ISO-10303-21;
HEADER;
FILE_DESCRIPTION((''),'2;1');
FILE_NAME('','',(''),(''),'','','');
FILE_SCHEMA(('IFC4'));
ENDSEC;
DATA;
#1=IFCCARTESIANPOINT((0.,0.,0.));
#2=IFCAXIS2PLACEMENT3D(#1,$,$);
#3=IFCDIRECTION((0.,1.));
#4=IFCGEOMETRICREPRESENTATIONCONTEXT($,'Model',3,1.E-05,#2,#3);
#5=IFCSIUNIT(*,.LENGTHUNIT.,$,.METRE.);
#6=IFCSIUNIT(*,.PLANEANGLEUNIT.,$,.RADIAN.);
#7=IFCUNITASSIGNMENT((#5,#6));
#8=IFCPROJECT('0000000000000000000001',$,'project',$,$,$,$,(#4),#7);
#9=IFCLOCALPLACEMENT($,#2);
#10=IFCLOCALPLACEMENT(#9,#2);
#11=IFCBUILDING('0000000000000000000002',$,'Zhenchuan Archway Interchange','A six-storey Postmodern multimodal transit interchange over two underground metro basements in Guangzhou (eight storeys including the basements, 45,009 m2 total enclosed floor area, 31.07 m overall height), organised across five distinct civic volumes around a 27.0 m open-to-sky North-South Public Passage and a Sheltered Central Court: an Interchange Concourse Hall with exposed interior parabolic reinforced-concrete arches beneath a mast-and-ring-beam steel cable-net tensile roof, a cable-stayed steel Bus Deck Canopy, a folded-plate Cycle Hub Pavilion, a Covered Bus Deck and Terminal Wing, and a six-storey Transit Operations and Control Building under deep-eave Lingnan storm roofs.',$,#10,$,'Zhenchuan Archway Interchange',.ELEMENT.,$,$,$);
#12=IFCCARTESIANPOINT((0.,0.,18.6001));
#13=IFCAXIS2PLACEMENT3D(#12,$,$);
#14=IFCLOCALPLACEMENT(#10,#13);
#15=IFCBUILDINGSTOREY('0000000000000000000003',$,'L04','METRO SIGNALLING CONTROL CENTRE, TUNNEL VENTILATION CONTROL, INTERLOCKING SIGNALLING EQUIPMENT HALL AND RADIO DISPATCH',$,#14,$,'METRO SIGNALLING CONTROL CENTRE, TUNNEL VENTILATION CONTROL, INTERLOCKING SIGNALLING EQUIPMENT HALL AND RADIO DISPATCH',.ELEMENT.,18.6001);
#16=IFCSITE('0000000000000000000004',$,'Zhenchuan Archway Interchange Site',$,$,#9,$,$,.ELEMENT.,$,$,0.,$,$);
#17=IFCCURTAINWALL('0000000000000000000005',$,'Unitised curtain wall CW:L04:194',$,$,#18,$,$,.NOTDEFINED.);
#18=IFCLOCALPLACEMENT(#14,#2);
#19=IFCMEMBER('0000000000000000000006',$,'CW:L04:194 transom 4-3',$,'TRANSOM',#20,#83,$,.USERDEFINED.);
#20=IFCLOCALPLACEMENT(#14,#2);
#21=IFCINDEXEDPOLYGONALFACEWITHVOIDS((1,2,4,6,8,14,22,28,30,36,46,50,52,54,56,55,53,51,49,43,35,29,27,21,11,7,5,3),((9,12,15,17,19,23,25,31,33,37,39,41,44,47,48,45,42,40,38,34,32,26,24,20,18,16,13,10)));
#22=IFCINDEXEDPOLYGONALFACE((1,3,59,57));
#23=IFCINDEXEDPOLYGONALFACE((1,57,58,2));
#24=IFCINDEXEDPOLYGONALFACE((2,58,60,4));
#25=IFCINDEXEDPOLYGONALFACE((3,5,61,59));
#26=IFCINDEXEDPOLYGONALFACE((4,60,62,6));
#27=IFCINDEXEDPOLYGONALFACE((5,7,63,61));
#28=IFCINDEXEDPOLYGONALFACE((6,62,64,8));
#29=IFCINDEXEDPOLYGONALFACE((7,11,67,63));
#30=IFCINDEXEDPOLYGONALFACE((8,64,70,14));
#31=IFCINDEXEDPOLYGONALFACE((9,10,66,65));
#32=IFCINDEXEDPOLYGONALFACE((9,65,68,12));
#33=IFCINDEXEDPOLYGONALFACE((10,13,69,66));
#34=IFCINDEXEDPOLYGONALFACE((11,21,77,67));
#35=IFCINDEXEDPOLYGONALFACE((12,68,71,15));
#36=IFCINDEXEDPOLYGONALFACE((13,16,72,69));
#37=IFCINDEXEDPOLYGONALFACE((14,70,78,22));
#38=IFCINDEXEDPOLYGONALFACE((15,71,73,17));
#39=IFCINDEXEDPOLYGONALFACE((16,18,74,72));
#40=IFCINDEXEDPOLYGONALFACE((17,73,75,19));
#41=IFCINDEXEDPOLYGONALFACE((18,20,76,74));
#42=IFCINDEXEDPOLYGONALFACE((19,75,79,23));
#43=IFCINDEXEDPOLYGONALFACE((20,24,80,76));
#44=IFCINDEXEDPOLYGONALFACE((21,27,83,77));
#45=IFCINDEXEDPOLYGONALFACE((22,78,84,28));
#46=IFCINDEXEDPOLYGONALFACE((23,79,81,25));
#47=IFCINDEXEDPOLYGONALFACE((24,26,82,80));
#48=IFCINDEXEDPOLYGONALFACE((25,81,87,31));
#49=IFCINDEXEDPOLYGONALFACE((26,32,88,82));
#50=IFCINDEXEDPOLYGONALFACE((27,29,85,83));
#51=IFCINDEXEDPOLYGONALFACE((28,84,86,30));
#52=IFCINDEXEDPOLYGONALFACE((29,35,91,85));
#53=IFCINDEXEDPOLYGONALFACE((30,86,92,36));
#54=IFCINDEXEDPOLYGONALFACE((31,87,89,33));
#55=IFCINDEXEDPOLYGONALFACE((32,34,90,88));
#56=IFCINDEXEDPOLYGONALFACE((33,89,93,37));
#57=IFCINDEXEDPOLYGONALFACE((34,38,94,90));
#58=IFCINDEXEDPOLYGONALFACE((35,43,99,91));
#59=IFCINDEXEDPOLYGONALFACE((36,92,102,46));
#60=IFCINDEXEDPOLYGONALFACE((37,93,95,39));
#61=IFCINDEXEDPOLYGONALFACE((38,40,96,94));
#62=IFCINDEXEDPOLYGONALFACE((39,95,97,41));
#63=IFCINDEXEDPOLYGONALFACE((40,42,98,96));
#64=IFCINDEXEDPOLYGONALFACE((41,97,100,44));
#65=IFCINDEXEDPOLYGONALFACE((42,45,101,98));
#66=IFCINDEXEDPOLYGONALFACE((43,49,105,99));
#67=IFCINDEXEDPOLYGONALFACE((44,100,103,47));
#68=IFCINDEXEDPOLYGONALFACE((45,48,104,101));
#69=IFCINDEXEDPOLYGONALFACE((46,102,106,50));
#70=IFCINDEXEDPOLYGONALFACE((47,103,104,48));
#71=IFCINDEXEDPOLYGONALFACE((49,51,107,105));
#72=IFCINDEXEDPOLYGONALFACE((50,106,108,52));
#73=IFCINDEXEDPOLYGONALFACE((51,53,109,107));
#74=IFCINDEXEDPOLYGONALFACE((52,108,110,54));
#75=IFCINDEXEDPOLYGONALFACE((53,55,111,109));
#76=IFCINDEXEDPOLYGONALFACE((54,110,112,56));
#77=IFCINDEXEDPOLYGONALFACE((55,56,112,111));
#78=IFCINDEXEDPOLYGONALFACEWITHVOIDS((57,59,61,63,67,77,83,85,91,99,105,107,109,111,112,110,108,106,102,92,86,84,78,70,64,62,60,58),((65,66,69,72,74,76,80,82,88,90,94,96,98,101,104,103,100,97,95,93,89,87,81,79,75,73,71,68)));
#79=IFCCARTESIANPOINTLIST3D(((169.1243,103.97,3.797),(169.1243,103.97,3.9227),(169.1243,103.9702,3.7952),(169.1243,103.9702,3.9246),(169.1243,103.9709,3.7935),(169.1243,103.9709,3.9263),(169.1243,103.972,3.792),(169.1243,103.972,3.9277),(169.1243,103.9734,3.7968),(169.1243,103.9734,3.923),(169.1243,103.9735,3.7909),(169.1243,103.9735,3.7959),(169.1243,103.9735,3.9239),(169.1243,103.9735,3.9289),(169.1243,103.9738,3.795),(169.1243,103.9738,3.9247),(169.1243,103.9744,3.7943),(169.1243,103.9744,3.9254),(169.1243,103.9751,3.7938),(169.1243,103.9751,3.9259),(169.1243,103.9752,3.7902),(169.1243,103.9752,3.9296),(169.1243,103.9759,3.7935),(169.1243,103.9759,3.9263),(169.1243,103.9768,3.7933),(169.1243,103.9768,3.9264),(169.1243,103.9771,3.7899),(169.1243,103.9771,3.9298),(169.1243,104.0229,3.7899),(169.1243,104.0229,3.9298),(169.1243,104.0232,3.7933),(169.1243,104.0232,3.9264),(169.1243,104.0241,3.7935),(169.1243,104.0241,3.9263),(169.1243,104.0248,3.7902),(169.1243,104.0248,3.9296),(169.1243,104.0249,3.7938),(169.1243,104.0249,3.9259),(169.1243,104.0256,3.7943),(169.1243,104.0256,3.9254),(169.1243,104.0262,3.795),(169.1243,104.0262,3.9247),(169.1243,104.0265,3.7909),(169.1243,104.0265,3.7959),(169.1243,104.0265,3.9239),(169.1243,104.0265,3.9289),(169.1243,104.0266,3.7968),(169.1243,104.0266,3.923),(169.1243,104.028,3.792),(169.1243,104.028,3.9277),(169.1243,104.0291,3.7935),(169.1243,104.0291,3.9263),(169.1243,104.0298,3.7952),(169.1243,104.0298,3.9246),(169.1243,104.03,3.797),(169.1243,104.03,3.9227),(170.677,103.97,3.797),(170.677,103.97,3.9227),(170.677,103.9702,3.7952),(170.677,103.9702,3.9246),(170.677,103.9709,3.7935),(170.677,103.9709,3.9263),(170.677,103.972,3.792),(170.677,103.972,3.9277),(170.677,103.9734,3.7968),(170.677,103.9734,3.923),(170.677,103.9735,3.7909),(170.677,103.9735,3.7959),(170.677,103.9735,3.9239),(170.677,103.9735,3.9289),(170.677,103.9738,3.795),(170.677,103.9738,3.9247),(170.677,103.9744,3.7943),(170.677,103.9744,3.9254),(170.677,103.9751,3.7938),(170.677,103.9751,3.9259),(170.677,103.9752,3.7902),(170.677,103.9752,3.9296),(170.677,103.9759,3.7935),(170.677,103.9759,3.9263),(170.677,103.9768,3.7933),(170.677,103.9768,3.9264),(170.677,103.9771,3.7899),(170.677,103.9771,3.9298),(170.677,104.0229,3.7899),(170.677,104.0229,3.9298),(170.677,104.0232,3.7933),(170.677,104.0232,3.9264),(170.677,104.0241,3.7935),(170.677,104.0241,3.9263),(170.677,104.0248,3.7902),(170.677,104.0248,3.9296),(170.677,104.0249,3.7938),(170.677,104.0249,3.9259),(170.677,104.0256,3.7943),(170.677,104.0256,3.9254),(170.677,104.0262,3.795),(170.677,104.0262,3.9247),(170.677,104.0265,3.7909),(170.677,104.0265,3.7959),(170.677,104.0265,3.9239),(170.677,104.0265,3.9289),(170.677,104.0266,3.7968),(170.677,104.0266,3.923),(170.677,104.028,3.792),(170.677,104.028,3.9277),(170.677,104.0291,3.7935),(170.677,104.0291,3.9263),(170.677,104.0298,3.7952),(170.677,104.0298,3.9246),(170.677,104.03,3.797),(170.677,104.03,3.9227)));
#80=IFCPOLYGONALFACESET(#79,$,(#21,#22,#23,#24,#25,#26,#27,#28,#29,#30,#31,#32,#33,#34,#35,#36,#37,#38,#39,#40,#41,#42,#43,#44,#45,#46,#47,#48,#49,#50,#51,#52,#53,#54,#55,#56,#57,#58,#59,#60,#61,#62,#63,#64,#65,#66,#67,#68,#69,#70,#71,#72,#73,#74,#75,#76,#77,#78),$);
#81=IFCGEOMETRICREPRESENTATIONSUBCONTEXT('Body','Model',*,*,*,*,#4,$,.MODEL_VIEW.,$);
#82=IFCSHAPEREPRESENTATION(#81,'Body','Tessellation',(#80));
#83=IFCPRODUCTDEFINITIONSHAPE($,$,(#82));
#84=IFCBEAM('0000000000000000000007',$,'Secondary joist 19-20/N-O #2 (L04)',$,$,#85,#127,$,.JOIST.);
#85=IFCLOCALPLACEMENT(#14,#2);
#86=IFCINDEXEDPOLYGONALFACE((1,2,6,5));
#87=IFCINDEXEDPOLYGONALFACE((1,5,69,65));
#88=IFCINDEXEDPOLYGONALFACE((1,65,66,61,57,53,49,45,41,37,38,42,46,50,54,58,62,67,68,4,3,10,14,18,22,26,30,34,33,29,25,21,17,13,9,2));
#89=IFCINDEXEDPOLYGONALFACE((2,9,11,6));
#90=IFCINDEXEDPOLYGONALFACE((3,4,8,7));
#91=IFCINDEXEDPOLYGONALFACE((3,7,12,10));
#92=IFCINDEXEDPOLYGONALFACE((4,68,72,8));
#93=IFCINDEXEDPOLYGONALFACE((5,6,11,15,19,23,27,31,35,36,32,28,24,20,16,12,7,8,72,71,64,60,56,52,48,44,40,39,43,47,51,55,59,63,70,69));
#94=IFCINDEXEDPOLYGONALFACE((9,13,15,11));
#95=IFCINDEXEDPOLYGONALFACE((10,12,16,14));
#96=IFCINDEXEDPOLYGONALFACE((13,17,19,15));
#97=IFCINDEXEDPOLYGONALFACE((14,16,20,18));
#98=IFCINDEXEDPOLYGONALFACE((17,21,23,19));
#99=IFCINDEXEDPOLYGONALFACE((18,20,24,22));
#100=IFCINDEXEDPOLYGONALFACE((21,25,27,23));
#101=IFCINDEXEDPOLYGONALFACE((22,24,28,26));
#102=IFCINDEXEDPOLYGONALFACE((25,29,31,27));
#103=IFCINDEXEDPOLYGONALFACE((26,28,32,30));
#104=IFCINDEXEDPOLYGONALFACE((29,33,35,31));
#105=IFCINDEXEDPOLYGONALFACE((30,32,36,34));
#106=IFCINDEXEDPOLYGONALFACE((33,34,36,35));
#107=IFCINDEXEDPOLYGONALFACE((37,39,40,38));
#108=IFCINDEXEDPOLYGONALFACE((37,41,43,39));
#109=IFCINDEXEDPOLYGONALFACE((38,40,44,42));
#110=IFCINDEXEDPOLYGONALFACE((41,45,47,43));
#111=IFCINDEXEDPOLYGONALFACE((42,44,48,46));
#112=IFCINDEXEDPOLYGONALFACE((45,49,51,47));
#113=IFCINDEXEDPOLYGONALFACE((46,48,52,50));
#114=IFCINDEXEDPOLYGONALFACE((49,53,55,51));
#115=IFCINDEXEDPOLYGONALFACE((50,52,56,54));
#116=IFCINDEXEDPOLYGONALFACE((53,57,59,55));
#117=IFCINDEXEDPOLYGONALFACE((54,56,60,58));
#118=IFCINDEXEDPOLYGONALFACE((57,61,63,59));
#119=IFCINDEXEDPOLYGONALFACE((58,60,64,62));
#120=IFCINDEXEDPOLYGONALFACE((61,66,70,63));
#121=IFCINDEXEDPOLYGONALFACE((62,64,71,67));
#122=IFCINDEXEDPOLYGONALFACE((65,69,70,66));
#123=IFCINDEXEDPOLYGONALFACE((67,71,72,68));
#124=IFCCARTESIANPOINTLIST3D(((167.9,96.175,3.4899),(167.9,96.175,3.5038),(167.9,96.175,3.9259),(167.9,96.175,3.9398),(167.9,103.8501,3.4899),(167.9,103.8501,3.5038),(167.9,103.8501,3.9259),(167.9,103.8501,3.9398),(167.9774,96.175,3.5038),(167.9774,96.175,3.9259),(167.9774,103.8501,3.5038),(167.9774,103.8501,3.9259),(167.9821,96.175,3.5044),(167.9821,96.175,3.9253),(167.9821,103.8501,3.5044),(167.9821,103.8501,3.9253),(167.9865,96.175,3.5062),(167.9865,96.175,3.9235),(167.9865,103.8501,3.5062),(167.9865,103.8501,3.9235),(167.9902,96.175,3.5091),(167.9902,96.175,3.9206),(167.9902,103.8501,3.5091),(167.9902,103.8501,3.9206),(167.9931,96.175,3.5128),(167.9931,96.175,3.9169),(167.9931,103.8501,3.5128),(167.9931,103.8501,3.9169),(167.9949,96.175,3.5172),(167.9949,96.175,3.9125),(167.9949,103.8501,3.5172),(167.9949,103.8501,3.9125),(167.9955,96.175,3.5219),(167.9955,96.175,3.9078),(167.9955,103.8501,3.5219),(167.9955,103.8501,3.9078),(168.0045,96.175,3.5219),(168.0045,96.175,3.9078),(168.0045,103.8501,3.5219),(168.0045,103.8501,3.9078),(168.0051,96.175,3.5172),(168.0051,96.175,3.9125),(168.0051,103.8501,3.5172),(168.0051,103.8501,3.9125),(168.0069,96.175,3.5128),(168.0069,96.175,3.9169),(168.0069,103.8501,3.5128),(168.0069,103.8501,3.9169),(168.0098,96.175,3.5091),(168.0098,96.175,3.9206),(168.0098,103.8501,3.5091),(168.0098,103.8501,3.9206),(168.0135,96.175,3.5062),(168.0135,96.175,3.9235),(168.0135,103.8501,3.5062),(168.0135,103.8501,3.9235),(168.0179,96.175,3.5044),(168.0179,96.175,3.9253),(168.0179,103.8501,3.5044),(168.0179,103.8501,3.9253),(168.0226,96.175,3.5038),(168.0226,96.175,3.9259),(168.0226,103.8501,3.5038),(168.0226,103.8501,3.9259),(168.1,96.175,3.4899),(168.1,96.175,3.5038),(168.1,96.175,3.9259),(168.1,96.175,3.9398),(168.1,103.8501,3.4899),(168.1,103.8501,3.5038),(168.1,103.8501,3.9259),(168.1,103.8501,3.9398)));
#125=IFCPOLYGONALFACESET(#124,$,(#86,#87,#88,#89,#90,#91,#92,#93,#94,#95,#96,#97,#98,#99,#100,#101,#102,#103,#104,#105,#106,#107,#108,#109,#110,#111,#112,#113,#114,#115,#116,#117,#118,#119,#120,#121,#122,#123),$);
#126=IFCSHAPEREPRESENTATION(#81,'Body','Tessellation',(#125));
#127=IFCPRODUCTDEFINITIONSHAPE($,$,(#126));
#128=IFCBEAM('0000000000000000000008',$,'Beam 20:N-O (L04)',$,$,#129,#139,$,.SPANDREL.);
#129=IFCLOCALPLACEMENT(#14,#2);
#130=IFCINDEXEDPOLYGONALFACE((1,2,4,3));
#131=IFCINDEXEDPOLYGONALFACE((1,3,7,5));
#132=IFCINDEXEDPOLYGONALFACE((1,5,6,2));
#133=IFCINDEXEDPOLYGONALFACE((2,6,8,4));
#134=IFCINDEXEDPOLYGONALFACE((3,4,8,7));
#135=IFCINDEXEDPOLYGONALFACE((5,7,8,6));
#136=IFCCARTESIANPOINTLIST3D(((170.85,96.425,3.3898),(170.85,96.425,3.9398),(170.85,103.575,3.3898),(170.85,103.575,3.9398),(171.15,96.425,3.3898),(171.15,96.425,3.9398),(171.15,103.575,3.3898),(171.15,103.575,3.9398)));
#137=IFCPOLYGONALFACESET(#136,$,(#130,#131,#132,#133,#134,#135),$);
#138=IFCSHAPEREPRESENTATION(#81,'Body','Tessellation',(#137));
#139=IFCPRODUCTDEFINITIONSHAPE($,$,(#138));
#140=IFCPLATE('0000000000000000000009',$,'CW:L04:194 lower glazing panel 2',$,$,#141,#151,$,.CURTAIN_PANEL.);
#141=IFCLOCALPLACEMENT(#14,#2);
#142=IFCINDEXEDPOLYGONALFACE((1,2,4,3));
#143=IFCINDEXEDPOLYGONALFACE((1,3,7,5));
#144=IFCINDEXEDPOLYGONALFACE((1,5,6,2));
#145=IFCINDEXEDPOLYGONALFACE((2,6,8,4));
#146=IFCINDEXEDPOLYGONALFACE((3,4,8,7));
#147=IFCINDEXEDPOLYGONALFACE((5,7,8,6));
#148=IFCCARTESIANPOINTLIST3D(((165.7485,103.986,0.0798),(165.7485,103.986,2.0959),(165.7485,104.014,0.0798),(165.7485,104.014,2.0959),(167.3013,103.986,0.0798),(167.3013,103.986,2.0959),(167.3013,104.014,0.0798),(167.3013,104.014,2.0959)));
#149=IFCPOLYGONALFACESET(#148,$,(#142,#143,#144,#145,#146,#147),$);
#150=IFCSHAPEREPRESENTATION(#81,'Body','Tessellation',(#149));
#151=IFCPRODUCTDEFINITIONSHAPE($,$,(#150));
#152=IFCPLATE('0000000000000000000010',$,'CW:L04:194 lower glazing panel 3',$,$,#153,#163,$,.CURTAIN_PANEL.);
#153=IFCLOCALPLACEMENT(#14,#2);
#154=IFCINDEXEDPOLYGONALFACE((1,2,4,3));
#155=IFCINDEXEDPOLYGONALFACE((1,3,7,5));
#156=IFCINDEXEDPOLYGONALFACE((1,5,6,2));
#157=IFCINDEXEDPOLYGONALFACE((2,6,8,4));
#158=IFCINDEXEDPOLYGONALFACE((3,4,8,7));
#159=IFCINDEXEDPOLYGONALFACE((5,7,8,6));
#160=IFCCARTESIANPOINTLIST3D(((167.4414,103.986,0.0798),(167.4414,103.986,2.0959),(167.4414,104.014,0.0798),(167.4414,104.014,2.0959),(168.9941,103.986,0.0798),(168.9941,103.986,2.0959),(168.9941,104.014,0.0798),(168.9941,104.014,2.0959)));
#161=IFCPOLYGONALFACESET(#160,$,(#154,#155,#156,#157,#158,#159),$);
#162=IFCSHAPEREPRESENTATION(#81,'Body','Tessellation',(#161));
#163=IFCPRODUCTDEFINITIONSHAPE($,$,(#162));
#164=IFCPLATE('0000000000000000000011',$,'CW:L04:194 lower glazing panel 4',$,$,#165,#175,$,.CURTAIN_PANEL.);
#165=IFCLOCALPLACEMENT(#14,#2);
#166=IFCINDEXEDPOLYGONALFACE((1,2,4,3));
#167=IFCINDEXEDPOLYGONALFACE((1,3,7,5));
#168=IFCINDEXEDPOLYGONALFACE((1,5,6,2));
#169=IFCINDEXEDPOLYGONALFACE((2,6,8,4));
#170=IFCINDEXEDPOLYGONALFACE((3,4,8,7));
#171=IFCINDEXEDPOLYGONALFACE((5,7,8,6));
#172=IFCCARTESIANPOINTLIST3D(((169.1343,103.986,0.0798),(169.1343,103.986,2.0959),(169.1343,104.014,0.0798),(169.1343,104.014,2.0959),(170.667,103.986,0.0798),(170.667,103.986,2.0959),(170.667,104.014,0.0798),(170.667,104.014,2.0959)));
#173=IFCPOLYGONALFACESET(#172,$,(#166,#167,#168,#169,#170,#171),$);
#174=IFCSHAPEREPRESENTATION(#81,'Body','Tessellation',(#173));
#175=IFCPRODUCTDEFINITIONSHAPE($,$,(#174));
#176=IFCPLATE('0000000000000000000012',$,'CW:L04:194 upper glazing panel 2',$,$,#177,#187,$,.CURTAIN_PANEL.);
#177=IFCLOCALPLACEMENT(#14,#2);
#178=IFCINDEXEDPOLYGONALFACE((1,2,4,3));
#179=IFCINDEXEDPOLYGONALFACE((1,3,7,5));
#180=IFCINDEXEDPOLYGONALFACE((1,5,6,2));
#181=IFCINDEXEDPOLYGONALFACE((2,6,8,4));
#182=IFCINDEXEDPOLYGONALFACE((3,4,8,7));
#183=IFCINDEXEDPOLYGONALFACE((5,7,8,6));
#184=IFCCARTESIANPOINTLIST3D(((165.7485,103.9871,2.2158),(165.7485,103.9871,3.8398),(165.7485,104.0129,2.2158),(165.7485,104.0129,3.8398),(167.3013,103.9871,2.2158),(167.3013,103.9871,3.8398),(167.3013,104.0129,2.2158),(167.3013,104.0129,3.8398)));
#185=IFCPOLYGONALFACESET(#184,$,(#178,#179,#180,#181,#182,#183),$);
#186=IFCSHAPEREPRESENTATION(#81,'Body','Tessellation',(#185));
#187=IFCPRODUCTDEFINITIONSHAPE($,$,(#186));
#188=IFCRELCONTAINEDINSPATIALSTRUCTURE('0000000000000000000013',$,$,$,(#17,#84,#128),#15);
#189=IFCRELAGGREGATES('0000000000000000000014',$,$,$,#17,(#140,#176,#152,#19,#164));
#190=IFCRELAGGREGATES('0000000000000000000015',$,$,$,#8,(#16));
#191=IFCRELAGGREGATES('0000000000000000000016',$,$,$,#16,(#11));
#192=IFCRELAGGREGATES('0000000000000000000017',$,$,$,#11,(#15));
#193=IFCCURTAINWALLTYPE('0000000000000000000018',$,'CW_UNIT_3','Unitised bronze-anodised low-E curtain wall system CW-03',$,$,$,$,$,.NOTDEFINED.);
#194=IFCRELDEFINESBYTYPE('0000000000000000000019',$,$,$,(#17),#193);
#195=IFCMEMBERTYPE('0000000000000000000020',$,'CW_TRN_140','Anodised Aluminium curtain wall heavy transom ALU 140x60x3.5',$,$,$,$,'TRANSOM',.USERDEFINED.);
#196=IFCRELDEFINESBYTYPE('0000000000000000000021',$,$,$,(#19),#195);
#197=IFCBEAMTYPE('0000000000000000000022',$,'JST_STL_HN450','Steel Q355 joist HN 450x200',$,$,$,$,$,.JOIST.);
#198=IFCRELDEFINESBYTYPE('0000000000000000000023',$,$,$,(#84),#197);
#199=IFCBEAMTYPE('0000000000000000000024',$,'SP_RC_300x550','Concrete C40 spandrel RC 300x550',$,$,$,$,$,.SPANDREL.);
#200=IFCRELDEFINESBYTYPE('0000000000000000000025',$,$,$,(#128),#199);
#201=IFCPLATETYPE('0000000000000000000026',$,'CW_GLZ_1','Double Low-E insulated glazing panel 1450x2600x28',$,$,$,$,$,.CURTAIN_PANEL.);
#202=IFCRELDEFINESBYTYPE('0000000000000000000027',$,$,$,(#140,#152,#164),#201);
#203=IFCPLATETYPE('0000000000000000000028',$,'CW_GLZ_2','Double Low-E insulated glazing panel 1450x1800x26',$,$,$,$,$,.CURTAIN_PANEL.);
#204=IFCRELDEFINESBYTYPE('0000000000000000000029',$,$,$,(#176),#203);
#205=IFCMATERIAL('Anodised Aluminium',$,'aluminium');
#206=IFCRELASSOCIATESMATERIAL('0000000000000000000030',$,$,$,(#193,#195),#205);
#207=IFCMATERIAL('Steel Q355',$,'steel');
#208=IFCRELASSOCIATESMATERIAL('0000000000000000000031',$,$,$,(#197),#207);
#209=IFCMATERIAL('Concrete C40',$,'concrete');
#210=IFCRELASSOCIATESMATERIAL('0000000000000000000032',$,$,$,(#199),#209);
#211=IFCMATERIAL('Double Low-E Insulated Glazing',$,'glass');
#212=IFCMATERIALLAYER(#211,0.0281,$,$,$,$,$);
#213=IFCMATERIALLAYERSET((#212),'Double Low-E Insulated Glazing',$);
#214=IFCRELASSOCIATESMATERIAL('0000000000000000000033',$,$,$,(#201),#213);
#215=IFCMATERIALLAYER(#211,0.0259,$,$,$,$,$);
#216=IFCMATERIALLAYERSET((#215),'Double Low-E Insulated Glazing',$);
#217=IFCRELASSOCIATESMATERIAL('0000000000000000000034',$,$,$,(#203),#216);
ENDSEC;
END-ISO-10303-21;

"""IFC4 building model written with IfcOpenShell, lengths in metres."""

from ifc_helpers import new_model, si_unit, direction, frame, origin, origin_2d, place, context, subcontext, project, spatial, rectangle, hollow_rectangle, i_section, extrude, material, layer, layer_set, material_profile, profile_set, type_object, element, aggregate, save


model = new_model("IFC4")

# Units and contexts
model_context = context("Model", 3, precision=1e-05, world=origin(), true_north=direction((0.0, 1.0)))
body_context = subcontext(model_context, "Body", "Model", "MODEL_VIEW")
ifc_project = project(units=[si_unit("LENGTHUNIT", "METRE"), si_unit("PLANEANGLEUNIT", "RADIAN")], contexts=[model_context])

# Site, building, storey
site_placement = place(None, origin())
site = spatial("IfcSite", under=ifc_project, at=site_placement, Name="Zhenchuan Archway Interchange Site", CompositionType="ELEMENT", RefElevation=0.0)
building_placement = place(site_placement, origin())
building = spatial("IfcBuilding", under=site, at=building_placement, Name="Zhenchuan Archway Interchange", Description="A six-storey Postmodern multimodal transit interchange over two underground metro basements in Guangzhou (eight storeys including the basements, 45,009 m2 total enclosed floor area, 31.07 m overall height), organised across five distinct civic volumes around a 27.0 m open-to-sky North-South Public Passage and a Sheltered Central Court: an Interchange Concourse Hall with exposed interior parabolic reinforced-concrete arches beneath a mast-and-ring-beam steel cable-net tensile roof, a cable-stayed steel Bus Deck Canopy, a folded-plate Cycle Hub Pavilion, a Covered Bus Deck and Terminal Wing, and a six-storey Transit Operations and Control Building under deep-eave Lingnan storm roofs.", LongName="Zhenchuan Archway Interchange", CompositionType="ELEMENT")
storey_placement = place(building_placement, frame((0.0, 0.0, 18.6001)))
storey = spatial("IfcBuildingStorey", under=building, at=storey_placement, Name="L04", Description="METRO SIGNALLING CONTROL CENTRE, TUNNEL VENTILATION CONTROL, INTERLOCKING SIGNALLING EQUIPMENT HALL AND RADIO DISPATCH", LongName="METRO SIGNALLING CONTROL CENTRE, TUNNEL VENTILATION CONTROL, INTERLOCKING SIGNALLING EQUIPMENT HALL AND RADIO DISPATCH", CompositionType="ELEMENT", Elevation=18.6001)

# Shared definitions
ifc_material_1 = material(Name="Concrete C40", Category="concrete")

# Curtain wall, member
ifc_material_2 = material(Name="Anodised Aluminium", Category="aluminium")
curtain_wall_type = type_object("IfcCurtainWallType", Name="CW_UNIT_3", Description="Unitised bronze-anodised low-E curtain wall system CW-03", PredefinedType="NOTDEFINED", material=ifc_material_2)
curtain_wall_placement = place(storey_placement, origin())
curtain_wall = element("IfcCurtainWall", 1, at=curtain_wall_placement, inside=storey, type_object=curtain_wall_type, Name="Unitised curtain wall CW:L04:194", PredefinedType="NOTDEFINED")
ifc_material_profile_1 = material_profile(ifc_material_2, hollow_rectangle(XDim=0.0601, YDim=0.1399, WallThickness=0.0034, InnerFilletRadius=0.0034, OuterFilletRadius=0.0071, at=origin_2d()), Name="ALU 140x60x3.5")
ifc_profile_set_1 = profile_set([ifc_material_profile_1], Name="Anodised Aluminium")
member_type_1 = type_object("IfcMemberType", Name="CW_TRN_140", Description="Anodised Aluminium curtain wall heavy transom ALU 140x60x3.5", ElementType="TRANSOM", PredefinedType="USERDEFINED", material=ifc_profile_set_1)
member_1_placement = place(storey_placement, frame((169.1243, 104.0, 3.8599), z_axis=(1.0, 0.0, 0.0), x_axis=(0.0, 1.0, 0.0)))
member_1 = element("IfcMember", 2, at=member_1_placement, type_object=member_type_1, Name="CW:L04:194 transom 4-3", ObjectType="TRANSOM", PredefinedType="USERDEFINED", context=body_context, shape_type="SweptSolid", body=[
    extrude(hollow_rectangle(XDim=0.0601, YDim=0.1399, WallThickness=0.0034, InnerFilletRadius=0.0034, OuterFilletRadius=0.0071, at=origin_2d()), origin(), (0.0, 0.0, 1.0), 1.5527),
])

# Beams
ifc_material_3 = material(Name="Steel Q355", Category="steel")
ifc_material_profile_2 = material_profile(ifc_material_3, i_section(OverallWidth=0.2, OverallDepth=0.45, WebThickness=0.009, FlangeThickness=0.0139, FilletRadius=0.0181, at=origin_2d()), Name="HN 450x200")
ifc_profile_set_2 = profile_set([ifc_material_profile_2], Name="Steel Q355")
beam_type_1 = type_object("IfcBeamType", Name="JST_STL_HN450", Description="Steel Q355 joist HN 450x200", PredefinedType="JOIST", material=ifc_profile_set_2)
beam_1_placement = place(storey_placement, frame((168.0, 96.175, 3.7148), z_axis=(0.0, 1.0, 0.0), x_axis=(-1.0, 0.0, 0.0)))
element("IfcBeam", 3, at=beam_1_placement, inside=storey, type_object=beam_type_1, Name="Secondary joist 19-20/N-O #2 (L04)", PredefinedType="JOIST", context=body_context, shape_type="SweptSolid", body=[
    extrude(i_section(OverallWidth=0.2, OverallDepth=0.45, WebThickness=0.009, FlangeThickness=0.0139, FilletRadius=0.0181, at=origin_2d()), origin(), (0.0, 0.0, 1.0), 7.675),
])
ifc_material_profile_3 = material_profile(ifc_material_1, rectangle(XDim=0.3, YDim=0.55, at=origin_2d()), Name="RC 300x550")
ifc_profile_set_3 = profile_set([ifc_material_profile_3], Name="Concrete C40")
beam_type_2 = type_object("IfcBeamType", Name="SP_RC_300x550", Description="Concrete C40 spandrel RC 300x550", PredefinedType="SPANDREL", material=ifc_profile_set_3)
beam_2_placement = place(storey_placement, frame((171.0, 96.425, 3.6648), z_axis=(0.0, 1.0, 0.0), x_axis=(-1.0, 0.0, 0.0)))
element("IfcBeam", 4, at=beam_2_placement, inside=storey, type_object=beam_type_2, Name="Beam 20:N-O (L04)", PredefinedType="SPANDREL", context=body_context, shape_type="SweptSolid", body=[
    extrude(rectangle(XDim=0.3, YDim=0.55, at=origin_2d()), origin(), (0.0, 0.0, 1.0), 7.1499),
])

# Plates
ifc_material_4 = material(Name="Double Low-E Insulated Glazing", Category="glass")
ifc_layer_1 = layer(ifc_material_4, 0.0281)
ifc_layer_set_1 = layer_set([ifc_layer_1], Name="Double Low-E Insulated Glazing")
plate_type_1 = type_object("IfcPlateType", Name="CW_GLZ_1", Description="Double Low-E insulated glazing panel 1450x2600x28", PredefinedType="CURTAIN_PANEL", material=ifc_layer_set_1)
plate_1_placement = place(storey_placement, frame((166.5249, 104.0, 0.0798), z_axis=(0.0, 0.0, 1.0), x_axis=(1.0, 0.0, 0.0)))
plate_1 = element("IfcPlate", 5, at=plate_1_placement, type_object=plate_type_1, Name="CW:L04:194 lower glazing panel 2", PredefinedType="CURTAIN_PANEL", context=body_context, shape_type="SweptSolid", body=[
    extrude(rectangle(XDim=1.5527, YDim=0.0281, at=origin_2d()), origin(), (0.0, 0.0, 1.0), 2.0161),
])
plate_2_placement = place(storey_placement, frame((168.2178, 104.0, 0.0798), z_axis=(0.0, 0.0, 1.0), x_axis=(1.0, 0.0, 0.0)))
plate_2 = element("IfcPlate", 6, at=plate_2_placement, type_object=plate_type_1, Name="CW:L04:194 lower glazing panel 3", PredefinedType="CURTAIN_PANEL", context=body_context, shape_type="SweptSolid", body=[
    extrude(rectangle(XDim=1.5527, YDim=0.0281, at=origin_2d()), origin(), (0.0, 0.0, 1.0), 2.0161),
])
plate_3_placement = place(storey_placement, frame((169.9006, 104.0, 0.0798), z_axis=(0.0, 0.0, 1.0), x_axis=(1.0, 0.0, 0.0)))
plate_3 = element("IfcPlate", 7, at=plate_3_placement, type_object=plate_type_1, Name="CW:L04:194 lower glazing panel 4", PredefinedType="CURTAIN_PANEL", context=body_context, shape_type="SweptSolid", body=[
    extrude(rectangle(XDim=1.5327, YDim=0.0281, at=origin_2d()), origin(), (0.0, 0.0, 1.0), 2.0161),
])
ifc_layer_2 = layer(ifc_material_4, 0.0259)
ifc_layer_set_2 = layer_set([ifc_layer_2], Name="Double Low-E Insulated Glazing")
plate_type_2 = type_object("IfcPlateType", Name="CW_GLZ_2", Description="Double Low-E insulated glazing panel 1450x1800x26", PredefinedType="CURTAIN_PANEL", material=ifc_layer_set_2)
plate_4_placement = place(storey_placement, frame((166.5249, 104.0, 2.2158), z_axis=(0.0, 0.0, 1.0), x_axis=(1.0, 0.0, 0.0)))
plate_4 = element("IfcPlate", 8, at=plate_4_placement, type_object=plate_type_2, Name="CW:L04:194 upper glazing panel 2", PredefinedType="CURTAIN_PANEL", context=body_context, shape_type="SweptSolid", body=[
    extrude(rectangle(XDim=1.5527, YDim=0.0259, at=origin_2d()), origin(), (0.0, 0.0, 1.0), 1.624),
])
aggregate(curtain_wall, [plate_1, plate_4, plate_2, member_1, plate_3])

save(model, "model.ifc")
